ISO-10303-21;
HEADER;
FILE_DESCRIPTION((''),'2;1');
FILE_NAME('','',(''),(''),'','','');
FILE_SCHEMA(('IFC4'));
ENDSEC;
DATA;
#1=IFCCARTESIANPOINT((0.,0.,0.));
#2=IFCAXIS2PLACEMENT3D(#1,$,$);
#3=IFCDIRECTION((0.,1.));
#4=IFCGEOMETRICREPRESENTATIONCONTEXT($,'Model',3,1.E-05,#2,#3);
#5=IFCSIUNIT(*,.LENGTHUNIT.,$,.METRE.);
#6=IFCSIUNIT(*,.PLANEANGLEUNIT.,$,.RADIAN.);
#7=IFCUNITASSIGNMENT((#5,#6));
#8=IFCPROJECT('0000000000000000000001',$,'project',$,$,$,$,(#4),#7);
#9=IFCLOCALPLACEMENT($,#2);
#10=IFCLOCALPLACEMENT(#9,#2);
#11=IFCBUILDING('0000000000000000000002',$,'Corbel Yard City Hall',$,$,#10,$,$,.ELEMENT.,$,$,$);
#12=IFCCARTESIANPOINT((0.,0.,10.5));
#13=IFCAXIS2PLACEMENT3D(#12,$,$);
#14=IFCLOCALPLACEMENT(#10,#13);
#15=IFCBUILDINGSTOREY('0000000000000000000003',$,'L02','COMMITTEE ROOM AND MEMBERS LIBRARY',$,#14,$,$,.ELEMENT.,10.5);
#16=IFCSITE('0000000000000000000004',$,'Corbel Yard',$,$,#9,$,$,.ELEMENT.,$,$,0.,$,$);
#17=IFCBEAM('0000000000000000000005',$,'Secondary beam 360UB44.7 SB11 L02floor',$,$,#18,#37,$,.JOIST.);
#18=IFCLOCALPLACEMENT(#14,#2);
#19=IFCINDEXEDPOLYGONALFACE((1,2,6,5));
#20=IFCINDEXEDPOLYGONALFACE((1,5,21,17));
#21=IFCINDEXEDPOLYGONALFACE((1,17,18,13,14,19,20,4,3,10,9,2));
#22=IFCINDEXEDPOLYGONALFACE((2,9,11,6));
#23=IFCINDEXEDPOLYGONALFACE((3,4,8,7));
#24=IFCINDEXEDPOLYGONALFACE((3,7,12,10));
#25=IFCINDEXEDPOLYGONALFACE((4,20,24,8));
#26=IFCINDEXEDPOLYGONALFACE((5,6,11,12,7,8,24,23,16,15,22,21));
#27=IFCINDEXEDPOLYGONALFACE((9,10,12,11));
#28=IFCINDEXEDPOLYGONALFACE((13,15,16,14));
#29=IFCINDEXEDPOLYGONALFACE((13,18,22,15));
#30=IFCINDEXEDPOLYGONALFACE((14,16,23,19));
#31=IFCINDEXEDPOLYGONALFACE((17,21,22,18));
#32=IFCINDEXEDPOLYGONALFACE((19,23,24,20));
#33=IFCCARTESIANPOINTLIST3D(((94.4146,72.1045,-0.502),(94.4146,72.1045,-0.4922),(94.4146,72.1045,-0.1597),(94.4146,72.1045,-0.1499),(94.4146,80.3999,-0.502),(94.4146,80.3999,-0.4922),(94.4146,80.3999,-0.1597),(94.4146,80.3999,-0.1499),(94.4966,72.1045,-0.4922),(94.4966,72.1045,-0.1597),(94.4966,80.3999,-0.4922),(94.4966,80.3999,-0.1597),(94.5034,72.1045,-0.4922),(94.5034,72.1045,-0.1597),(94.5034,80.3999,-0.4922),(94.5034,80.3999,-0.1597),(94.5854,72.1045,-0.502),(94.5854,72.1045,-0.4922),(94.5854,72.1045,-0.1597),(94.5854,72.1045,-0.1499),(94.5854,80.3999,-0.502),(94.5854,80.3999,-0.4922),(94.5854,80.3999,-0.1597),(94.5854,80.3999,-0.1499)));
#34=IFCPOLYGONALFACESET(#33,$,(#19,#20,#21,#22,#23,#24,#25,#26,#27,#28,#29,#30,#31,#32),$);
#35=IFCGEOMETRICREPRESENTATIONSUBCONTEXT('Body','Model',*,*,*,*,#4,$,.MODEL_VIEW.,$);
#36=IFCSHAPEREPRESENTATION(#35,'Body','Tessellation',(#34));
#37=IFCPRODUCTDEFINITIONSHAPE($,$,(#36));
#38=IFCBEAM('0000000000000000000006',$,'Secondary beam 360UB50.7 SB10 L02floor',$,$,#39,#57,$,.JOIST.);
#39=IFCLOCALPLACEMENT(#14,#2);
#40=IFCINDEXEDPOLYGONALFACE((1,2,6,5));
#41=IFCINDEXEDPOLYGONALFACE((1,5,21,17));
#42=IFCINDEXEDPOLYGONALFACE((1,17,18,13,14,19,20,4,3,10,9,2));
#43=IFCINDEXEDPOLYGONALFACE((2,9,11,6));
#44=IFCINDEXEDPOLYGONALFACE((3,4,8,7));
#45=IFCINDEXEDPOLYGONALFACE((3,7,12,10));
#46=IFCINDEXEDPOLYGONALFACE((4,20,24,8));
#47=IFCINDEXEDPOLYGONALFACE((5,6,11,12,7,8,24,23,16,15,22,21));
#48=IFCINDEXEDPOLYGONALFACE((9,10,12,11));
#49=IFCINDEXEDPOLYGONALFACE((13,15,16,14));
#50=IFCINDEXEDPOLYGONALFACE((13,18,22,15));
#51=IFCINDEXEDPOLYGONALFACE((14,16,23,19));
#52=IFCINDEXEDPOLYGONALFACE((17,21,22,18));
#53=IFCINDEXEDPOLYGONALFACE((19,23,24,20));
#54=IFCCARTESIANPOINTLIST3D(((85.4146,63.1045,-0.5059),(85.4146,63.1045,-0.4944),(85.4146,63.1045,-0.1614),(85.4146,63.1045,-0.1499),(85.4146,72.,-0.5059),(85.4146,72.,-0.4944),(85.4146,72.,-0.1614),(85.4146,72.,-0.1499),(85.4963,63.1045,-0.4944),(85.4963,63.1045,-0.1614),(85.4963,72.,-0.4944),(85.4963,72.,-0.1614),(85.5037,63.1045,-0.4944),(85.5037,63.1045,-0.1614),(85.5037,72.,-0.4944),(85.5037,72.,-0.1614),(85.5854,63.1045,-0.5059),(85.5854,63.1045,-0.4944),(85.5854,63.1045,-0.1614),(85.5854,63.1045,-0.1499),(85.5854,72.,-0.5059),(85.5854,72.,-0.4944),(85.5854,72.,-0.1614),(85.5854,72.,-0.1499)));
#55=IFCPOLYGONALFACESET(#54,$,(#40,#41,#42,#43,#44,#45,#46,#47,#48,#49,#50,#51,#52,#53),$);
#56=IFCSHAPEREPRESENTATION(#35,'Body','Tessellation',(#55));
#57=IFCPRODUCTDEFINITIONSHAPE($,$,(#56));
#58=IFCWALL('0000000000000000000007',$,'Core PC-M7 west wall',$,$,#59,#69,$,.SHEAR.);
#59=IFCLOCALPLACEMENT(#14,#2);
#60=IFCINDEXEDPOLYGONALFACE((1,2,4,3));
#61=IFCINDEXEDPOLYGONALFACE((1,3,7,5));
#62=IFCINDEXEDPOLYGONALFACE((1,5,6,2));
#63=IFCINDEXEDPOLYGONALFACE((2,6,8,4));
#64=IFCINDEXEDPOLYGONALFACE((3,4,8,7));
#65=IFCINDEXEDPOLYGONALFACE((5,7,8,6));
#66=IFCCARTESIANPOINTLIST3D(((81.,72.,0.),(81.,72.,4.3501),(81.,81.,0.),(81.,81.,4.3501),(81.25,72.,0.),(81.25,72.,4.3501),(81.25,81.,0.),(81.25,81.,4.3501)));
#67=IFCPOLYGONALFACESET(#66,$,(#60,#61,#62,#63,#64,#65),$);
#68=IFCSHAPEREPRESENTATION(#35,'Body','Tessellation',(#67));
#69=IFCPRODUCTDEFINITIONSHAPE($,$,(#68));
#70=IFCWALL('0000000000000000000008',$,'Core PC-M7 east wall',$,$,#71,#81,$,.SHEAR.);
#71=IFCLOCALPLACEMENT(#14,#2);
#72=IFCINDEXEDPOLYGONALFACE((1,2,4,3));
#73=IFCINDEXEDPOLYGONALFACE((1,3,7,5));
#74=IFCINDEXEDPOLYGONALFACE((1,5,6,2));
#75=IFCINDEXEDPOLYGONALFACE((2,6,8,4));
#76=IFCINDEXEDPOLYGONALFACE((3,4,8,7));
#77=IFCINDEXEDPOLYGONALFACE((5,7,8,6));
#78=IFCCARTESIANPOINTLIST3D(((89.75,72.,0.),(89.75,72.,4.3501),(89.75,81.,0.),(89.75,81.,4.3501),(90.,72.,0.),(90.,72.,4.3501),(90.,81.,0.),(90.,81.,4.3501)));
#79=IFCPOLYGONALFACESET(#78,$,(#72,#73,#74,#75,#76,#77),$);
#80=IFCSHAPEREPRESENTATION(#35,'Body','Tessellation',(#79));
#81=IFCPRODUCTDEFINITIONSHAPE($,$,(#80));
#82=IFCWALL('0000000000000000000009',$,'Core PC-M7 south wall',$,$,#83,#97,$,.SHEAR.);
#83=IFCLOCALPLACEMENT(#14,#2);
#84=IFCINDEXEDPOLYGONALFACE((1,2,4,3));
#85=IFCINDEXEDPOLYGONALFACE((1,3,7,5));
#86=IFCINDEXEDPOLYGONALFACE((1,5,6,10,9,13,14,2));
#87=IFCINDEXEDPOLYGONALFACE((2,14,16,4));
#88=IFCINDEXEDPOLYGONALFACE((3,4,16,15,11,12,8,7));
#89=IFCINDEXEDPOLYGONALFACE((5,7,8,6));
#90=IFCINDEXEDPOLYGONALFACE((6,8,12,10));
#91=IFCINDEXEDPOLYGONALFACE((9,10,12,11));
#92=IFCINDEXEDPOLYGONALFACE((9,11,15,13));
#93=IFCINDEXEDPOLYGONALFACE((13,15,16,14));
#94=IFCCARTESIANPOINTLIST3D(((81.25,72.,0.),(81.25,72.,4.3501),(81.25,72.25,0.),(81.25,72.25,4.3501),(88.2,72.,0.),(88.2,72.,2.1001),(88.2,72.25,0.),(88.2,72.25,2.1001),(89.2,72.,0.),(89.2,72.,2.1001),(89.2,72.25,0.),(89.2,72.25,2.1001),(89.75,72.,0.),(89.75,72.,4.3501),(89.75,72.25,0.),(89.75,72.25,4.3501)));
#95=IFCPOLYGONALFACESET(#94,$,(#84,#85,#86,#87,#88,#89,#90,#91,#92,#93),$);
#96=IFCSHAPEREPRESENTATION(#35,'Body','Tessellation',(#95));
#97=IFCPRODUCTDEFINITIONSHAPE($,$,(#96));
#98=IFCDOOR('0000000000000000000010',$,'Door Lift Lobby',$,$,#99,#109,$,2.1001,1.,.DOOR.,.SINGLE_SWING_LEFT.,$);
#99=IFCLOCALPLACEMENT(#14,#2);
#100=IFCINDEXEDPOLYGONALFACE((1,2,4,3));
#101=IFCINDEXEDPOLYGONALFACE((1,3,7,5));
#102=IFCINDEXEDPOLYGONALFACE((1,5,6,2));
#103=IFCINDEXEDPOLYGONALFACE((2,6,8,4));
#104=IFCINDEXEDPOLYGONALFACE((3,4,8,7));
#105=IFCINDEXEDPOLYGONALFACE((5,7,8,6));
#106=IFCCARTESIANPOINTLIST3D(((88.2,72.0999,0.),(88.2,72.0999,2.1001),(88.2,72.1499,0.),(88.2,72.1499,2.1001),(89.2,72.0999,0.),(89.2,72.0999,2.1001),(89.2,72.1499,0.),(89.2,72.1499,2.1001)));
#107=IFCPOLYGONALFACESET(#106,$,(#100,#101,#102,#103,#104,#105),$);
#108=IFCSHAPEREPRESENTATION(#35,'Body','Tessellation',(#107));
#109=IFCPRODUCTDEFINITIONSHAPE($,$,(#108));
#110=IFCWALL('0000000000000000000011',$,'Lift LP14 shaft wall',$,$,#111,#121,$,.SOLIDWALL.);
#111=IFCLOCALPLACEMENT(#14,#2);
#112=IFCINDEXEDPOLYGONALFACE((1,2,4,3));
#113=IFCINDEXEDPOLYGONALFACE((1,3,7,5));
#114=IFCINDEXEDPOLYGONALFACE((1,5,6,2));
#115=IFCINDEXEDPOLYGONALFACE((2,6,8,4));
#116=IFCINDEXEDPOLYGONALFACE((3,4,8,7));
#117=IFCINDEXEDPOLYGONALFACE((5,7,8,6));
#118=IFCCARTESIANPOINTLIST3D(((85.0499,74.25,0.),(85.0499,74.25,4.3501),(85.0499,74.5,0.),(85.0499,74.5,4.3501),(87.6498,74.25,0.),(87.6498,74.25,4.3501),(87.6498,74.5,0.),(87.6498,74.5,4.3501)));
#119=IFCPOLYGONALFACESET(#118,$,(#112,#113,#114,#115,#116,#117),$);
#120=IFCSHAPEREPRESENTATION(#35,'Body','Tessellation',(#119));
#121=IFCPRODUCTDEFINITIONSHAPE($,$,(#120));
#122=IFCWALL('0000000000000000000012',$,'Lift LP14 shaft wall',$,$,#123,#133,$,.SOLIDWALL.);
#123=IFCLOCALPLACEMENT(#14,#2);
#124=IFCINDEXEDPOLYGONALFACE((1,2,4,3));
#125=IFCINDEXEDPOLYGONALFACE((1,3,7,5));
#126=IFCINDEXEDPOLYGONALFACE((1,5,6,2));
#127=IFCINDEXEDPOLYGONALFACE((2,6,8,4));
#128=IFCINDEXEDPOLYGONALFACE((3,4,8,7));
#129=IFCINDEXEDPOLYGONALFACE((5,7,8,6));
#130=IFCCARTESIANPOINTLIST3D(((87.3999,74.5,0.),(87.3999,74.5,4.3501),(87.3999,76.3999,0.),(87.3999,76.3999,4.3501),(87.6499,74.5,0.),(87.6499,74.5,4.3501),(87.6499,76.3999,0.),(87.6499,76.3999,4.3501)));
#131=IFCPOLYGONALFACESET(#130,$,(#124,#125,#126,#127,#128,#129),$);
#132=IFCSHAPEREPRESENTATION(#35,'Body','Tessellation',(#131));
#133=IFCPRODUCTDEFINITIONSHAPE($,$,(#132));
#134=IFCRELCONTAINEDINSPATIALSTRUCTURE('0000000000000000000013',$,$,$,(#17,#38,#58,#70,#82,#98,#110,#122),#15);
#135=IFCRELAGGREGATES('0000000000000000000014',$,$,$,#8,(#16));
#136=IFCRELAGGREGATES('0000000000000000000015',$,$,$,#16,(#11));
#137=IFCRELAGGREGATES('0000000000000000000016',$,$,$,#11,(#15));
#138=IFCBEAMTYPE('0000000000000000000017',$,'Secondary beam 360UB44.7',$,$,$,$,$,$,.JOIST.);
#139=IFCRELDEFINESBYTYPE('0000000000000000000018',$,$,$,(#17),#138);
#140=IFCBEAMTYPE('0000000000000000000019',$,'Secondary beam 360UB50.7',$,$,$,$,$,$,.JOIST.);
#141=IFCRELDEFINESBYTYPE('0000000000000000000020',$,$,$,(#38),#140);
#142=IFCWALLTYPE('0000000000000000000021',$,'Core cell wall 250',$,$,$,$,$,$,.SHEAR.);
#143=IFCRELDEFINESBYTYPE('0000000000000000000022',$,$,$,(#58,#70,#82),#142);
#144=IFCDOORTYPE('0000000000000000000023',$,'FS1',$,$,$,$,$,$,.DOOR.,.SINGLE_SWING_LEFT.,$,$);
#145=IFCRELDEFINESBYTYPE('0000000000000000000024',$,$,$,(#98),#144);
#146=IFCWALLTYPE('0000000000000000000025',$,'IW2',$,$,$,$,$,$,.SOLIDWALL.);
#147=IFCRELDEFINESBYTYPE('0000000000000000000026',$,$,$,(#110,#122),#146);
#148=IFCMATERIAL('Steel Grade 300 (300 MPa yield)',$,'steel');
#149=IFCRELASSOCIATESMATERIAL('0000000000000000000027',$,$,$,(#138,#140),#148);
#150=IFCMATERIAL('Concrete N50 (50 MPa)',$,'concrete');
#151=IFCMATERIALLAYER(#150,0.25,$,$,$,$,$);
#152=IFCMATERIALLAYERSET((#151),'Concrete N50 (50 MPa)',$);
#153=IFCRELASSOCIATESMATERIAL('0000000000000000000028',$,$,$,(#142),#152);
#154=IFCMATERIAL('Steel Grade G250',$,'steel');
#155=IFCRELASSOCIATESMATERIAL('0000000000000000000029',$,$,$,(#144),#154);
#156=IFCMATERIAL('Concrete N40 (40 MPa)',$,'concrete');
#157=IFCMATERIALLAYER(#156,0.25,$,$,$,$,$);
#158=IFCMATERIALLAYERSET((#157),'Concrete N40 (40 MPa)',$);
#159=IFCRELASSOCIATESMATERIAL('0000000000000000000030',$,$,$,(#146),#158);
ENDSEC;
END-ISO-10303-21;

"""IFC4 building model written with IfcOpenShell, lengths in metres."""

from ifc_helpers import new_model, si_unit, direction, frame, frame_2d, origin, origin_2d, place, context, subcontext, project, spatial, rectangle, i_section, extrude, material, layer, layer_set, material_profile, profile_set, type_object, element, fill, save


model = new_model("IFC4")

# Units and contexts
model_context = context("Model", 3, precision=1e-05, world=origin(), true_north=direction((0.0, 1.0)))
body_context = subcontext(model_context, "Body", "Model", "MODEL_VIEW")
ifc_project = project(units=[si_unit("LENGTHUNIT", "METRE"), si_unit("PLANEANGLEUNIT", "RADIAN")], contexts=[model_context])

# Site, building, storey
site_placement = place(None, origin())
site = spatial("IfcSite", under=ifc_project, at=site_placement, Name="Corbel Yard", CompositionType="ELEMENT", RefElevation=0.0)
building_placement = place(site_placement, origin())
building = spatial("IfcBuilding", under=site, at=building_placement, Name="Corbel Yard City Hall", CompositionType="ELEMENT")
storey_placement = place(building_placement, frame((0.0, 0.0, 10.5)))
storey = spatial("IfcBuildingStorey", under=building, at=storey_placement, Name="L02", Description="COMMITTEE ROOM AND MEMBERS LIBRARY", CompositionType="ELEMENT", Elevation=10.5)

# Shared definitions
ifc_material_1 = material(Name="Steel Grade 300 (300 MPa yield)", Category="steel")

# Beams
ifc_material_profile_1 = material_profile(ifc_material_1, i_section(OverallWidth=0.1709, OverallDepth=0.3521, WebThickness=0.0068, FlangeThickness=0.0098, at=origin_2d()), Name="360UB44.7")
ifc_profile_set_1 = profile_set([ifc_material_profile_1], Name="Steel Grade 300 (300 MPa yield)")
beam_type_1 = type_object("IfcBeamType", Name="Secondary beam 360UB44.7", PredefinedType="JOIST", material=ifc_profile_set_1)
beam_1_placement = place(storey_placement, frame((94.5, 72.1045, -0.3259), z_axis=(0.0, 1.0, 0.0), x_axis=(-1.0, 0.0, 0.0)))
element("IfcBeam", 1, at=beam_1_placement, inside=storey, type_object=beam_type_1, Name="Secondary beam 360UB44.7 SB11 L02floor", PredefinedType="JOIST", context=body_context, shape_type="SweptSolid", body=[
    extrude(i_section(OverallWidth=0.1709, OverallDepth=0.3521, WebThickness=0.0068, FlangeThickness=0.0098, at=origin_2d()), origin(), (0.0, 0.0, 1.0), 8.2954),
])
ifc_material_profile_2 = material_profile(ifc_material_1, i_section(OverallWidth=0.1709, OverallDepth=0.356, WebThickness=0.0073, FlangeThickness=0.0115, at=origin_2d()), Name="360UB50.7")
ifc_profile_set_2 = profile_set([ifc_material_profile_2], Name="Steel Grade 300 (300 MPa yield)")
beam_type_2 = type_object("IfcBeamType", Name="Secondary beam 360UB50.7", PredefinedType="JOIST", material=ifc_profile_set_2)
beam_2_placement = place(storey_placement, frame((85.5, 63.1045, -0.3279), z_axis=(0.0, 1.0, 0.0), x_axis=(-1.0, 0.0, 0.0)))
element("IfcBeam", 2, at=beam_2_placement, inside=storey, type_object=beam_type_2, Name="Secondary beam 360UB50.7 SB10 L02floor", PredefinedType="JOIST", context=body_context, shape_type="SweptSolid", body=[
    extrude(i_section(OverallWidth=0.1709, OverallDepth=0.356, WebThickness=0.0073, FlangeThickness=0.0115, at=origin_2d()), origin(), (0.0, 0.0, 1.0), 8.8955),
])

# Walls
ifc_material_2 = material(Name="Concrete N50 (50 MPa)", Category="concrete")
ifc_layer_1 = layer(ifc_material_2, 0.25)
ifc_layer_set_1 = layer_set([ifc_layer_1], Name="Concrete N50 (50 MPa)")
wall_type_1 = type_object("IfcWallType", Name="Core cell wall 250", PredefinedType="SHEAR", material=ifc_layer_set_1)
for number, where, z_axis, x_axis, name in (
    (3, (81.125, 72.0, 0.0), (0.0, 0.0, 1.0), (0.0, 1.0, 0.0), "Core PC-M7 west wall"),
    (4, (89.875, 72.0, 0.0), (0.0, 0.0, 1.0), (0.0, 1.0, 0.0), "Core PC-M7 east wall"),
):
    element("IfcWall", number, at=place(storey_placement, frame(where, z_axis=z_axis, x_axis=x_axis)), inside=storey, type_object=wall_type_1, Name=name, PredefinedType="SHEAR", context=body_context, shape_type="SweptSolid", body=[
        extrude(rectangle(XDim=9.0, YDim=0.25, at=frame_2d((4.5, 0.0))), origin(), (0.0, 0.0, 1.0), 4.3501),
    ])

# Wall, opening, door
wall_1_placement = place(storey_placement, frame((81.25, 72.125, 0.0), z_axis=(0.0, 0.0, 1.0), x_axis=(1.0, 0.0, 0.0)))
wall_1 = element("IfcWall", 5, at=wall_1_placement, inside=storey, type_object=wall_type_1, Name="Core PC-M7 south wall", PredefinedType="SHEAR", context=body_context, shape_type="SweptSolid", body=[
    extrude(rectangle(XDim=8.5, YDim=0.25, at=frame_2d((4.25, 0.0))), origin(), (0.0, 0.0, 1.0), 4.3501),
])
opening_1_placement = place(wall_1_placement, frame((6.95, 0.0, 0.0)))
opening_1 = element("IfcOpeningElement", 6, at=opening_1_placement, cuts=wall_1, PredefinedType="OPENING", context=body_context, shape_type="SweptSolid", body=[
    extrude(rectangle(XDim=1.0, YDim=2.1001, at=frame_2d((0.5, 1.05))), frame((0.0, 0.135, 0.0), z_axis=(0.0, -1.0, 0.0), x_axis=(1.0, 0.0, 0.0)), (0.0, 0.0, 1.0), 0.27),
])
ifc_material_3 = material(Name="Steel Grade G250", Category="steel")
door_type_1 = type_object("IfcDoorType", Name="FS1", OperationType="SINGLE_SWING_LEFT", PredefinedType="DOOR", material=ifc_material_3)
door_1_placement = place(opening_1_placement, origin())
door_1 = element("IfcDoor", 7, at=door_1_placement, inside=storey, type_object=door_type_1, Name="Door Lift Lobby", OperationType="SINGLE_SWING_LEFT", OverallHeight=2.1001, OverallWidth=1.0, PredefinedType="DOOR", context=body_context, shape_type="SweptSolid", body=[
    extrude(rectangle(XDim=1.0, YDim=2.1001, at=frame_2d((0.5, 1.05))), frame((0.0, 0.0249, 0.0), z_axis=(0.0, -1.0, 0.0), x_axis=(1.0, 0.0, 0.0)), (0.0, 0.0, 1.0), 0.05),
])
fill(opening_1, door_1)

# Walls
ifc_material_4 = material(Name="Concrete N40 (40 MPa)", Category="concrete")
ifc_layer_2 = layer(ifc_material_4, 0.25)
ifc_layer_set_2 = layer_set([ifc_layer_2], Name="Concrete N40 (40 MPa)")
wall_type_2 = type_object("IfcWallType", Name="IW2", PredefinedType="SOLIDWALL", material=ifc_layer_set_2)
wall_2_placement = place(storey_placement, frame((85.05, 74.375, 0.0), z_axis=(0.0, 0.0, 1.0), x_axis=(1.0, 0.0, 0.0)))
element("IfcWall", 8, at=wall_2_placement, inside=storey, type_object=wall_type_2, Name="Lift LP14 shaft wall", PredefinedType="SOLIDWALL", context=body_context, shape_type="SweptSolid", body=[
    extrude(rectangle(XDim=2.5999, YDim=0.25, at=frame_2d((1.2998, 0.0))), origin(), (0.0, 0.0, 1.0), 4.3501),
])
wall_3_placement = place(storey_placement, frame((87.5249, 74.5, 0.0), z_axis=(0.0, 0.0, 1.0), x_axis=(0.0, 1.0, 0.0)))
element("IfcWall", 9, at=wall_3_placement, inside=storey, type_object=wall_type_2, Name="Lift LP14 shaft wall", PredefinedType="SOLIDWALL", context=body_context, shape_type="SweptSolid", body=[
    extrude(rectangle(XDim=1.8999, YDim=0.25, at=frame_2d((0.95, 0.0))), origin(), (0.0, 0.0, 1.0), 4.3501),
])

save(model, "model.ifc")
